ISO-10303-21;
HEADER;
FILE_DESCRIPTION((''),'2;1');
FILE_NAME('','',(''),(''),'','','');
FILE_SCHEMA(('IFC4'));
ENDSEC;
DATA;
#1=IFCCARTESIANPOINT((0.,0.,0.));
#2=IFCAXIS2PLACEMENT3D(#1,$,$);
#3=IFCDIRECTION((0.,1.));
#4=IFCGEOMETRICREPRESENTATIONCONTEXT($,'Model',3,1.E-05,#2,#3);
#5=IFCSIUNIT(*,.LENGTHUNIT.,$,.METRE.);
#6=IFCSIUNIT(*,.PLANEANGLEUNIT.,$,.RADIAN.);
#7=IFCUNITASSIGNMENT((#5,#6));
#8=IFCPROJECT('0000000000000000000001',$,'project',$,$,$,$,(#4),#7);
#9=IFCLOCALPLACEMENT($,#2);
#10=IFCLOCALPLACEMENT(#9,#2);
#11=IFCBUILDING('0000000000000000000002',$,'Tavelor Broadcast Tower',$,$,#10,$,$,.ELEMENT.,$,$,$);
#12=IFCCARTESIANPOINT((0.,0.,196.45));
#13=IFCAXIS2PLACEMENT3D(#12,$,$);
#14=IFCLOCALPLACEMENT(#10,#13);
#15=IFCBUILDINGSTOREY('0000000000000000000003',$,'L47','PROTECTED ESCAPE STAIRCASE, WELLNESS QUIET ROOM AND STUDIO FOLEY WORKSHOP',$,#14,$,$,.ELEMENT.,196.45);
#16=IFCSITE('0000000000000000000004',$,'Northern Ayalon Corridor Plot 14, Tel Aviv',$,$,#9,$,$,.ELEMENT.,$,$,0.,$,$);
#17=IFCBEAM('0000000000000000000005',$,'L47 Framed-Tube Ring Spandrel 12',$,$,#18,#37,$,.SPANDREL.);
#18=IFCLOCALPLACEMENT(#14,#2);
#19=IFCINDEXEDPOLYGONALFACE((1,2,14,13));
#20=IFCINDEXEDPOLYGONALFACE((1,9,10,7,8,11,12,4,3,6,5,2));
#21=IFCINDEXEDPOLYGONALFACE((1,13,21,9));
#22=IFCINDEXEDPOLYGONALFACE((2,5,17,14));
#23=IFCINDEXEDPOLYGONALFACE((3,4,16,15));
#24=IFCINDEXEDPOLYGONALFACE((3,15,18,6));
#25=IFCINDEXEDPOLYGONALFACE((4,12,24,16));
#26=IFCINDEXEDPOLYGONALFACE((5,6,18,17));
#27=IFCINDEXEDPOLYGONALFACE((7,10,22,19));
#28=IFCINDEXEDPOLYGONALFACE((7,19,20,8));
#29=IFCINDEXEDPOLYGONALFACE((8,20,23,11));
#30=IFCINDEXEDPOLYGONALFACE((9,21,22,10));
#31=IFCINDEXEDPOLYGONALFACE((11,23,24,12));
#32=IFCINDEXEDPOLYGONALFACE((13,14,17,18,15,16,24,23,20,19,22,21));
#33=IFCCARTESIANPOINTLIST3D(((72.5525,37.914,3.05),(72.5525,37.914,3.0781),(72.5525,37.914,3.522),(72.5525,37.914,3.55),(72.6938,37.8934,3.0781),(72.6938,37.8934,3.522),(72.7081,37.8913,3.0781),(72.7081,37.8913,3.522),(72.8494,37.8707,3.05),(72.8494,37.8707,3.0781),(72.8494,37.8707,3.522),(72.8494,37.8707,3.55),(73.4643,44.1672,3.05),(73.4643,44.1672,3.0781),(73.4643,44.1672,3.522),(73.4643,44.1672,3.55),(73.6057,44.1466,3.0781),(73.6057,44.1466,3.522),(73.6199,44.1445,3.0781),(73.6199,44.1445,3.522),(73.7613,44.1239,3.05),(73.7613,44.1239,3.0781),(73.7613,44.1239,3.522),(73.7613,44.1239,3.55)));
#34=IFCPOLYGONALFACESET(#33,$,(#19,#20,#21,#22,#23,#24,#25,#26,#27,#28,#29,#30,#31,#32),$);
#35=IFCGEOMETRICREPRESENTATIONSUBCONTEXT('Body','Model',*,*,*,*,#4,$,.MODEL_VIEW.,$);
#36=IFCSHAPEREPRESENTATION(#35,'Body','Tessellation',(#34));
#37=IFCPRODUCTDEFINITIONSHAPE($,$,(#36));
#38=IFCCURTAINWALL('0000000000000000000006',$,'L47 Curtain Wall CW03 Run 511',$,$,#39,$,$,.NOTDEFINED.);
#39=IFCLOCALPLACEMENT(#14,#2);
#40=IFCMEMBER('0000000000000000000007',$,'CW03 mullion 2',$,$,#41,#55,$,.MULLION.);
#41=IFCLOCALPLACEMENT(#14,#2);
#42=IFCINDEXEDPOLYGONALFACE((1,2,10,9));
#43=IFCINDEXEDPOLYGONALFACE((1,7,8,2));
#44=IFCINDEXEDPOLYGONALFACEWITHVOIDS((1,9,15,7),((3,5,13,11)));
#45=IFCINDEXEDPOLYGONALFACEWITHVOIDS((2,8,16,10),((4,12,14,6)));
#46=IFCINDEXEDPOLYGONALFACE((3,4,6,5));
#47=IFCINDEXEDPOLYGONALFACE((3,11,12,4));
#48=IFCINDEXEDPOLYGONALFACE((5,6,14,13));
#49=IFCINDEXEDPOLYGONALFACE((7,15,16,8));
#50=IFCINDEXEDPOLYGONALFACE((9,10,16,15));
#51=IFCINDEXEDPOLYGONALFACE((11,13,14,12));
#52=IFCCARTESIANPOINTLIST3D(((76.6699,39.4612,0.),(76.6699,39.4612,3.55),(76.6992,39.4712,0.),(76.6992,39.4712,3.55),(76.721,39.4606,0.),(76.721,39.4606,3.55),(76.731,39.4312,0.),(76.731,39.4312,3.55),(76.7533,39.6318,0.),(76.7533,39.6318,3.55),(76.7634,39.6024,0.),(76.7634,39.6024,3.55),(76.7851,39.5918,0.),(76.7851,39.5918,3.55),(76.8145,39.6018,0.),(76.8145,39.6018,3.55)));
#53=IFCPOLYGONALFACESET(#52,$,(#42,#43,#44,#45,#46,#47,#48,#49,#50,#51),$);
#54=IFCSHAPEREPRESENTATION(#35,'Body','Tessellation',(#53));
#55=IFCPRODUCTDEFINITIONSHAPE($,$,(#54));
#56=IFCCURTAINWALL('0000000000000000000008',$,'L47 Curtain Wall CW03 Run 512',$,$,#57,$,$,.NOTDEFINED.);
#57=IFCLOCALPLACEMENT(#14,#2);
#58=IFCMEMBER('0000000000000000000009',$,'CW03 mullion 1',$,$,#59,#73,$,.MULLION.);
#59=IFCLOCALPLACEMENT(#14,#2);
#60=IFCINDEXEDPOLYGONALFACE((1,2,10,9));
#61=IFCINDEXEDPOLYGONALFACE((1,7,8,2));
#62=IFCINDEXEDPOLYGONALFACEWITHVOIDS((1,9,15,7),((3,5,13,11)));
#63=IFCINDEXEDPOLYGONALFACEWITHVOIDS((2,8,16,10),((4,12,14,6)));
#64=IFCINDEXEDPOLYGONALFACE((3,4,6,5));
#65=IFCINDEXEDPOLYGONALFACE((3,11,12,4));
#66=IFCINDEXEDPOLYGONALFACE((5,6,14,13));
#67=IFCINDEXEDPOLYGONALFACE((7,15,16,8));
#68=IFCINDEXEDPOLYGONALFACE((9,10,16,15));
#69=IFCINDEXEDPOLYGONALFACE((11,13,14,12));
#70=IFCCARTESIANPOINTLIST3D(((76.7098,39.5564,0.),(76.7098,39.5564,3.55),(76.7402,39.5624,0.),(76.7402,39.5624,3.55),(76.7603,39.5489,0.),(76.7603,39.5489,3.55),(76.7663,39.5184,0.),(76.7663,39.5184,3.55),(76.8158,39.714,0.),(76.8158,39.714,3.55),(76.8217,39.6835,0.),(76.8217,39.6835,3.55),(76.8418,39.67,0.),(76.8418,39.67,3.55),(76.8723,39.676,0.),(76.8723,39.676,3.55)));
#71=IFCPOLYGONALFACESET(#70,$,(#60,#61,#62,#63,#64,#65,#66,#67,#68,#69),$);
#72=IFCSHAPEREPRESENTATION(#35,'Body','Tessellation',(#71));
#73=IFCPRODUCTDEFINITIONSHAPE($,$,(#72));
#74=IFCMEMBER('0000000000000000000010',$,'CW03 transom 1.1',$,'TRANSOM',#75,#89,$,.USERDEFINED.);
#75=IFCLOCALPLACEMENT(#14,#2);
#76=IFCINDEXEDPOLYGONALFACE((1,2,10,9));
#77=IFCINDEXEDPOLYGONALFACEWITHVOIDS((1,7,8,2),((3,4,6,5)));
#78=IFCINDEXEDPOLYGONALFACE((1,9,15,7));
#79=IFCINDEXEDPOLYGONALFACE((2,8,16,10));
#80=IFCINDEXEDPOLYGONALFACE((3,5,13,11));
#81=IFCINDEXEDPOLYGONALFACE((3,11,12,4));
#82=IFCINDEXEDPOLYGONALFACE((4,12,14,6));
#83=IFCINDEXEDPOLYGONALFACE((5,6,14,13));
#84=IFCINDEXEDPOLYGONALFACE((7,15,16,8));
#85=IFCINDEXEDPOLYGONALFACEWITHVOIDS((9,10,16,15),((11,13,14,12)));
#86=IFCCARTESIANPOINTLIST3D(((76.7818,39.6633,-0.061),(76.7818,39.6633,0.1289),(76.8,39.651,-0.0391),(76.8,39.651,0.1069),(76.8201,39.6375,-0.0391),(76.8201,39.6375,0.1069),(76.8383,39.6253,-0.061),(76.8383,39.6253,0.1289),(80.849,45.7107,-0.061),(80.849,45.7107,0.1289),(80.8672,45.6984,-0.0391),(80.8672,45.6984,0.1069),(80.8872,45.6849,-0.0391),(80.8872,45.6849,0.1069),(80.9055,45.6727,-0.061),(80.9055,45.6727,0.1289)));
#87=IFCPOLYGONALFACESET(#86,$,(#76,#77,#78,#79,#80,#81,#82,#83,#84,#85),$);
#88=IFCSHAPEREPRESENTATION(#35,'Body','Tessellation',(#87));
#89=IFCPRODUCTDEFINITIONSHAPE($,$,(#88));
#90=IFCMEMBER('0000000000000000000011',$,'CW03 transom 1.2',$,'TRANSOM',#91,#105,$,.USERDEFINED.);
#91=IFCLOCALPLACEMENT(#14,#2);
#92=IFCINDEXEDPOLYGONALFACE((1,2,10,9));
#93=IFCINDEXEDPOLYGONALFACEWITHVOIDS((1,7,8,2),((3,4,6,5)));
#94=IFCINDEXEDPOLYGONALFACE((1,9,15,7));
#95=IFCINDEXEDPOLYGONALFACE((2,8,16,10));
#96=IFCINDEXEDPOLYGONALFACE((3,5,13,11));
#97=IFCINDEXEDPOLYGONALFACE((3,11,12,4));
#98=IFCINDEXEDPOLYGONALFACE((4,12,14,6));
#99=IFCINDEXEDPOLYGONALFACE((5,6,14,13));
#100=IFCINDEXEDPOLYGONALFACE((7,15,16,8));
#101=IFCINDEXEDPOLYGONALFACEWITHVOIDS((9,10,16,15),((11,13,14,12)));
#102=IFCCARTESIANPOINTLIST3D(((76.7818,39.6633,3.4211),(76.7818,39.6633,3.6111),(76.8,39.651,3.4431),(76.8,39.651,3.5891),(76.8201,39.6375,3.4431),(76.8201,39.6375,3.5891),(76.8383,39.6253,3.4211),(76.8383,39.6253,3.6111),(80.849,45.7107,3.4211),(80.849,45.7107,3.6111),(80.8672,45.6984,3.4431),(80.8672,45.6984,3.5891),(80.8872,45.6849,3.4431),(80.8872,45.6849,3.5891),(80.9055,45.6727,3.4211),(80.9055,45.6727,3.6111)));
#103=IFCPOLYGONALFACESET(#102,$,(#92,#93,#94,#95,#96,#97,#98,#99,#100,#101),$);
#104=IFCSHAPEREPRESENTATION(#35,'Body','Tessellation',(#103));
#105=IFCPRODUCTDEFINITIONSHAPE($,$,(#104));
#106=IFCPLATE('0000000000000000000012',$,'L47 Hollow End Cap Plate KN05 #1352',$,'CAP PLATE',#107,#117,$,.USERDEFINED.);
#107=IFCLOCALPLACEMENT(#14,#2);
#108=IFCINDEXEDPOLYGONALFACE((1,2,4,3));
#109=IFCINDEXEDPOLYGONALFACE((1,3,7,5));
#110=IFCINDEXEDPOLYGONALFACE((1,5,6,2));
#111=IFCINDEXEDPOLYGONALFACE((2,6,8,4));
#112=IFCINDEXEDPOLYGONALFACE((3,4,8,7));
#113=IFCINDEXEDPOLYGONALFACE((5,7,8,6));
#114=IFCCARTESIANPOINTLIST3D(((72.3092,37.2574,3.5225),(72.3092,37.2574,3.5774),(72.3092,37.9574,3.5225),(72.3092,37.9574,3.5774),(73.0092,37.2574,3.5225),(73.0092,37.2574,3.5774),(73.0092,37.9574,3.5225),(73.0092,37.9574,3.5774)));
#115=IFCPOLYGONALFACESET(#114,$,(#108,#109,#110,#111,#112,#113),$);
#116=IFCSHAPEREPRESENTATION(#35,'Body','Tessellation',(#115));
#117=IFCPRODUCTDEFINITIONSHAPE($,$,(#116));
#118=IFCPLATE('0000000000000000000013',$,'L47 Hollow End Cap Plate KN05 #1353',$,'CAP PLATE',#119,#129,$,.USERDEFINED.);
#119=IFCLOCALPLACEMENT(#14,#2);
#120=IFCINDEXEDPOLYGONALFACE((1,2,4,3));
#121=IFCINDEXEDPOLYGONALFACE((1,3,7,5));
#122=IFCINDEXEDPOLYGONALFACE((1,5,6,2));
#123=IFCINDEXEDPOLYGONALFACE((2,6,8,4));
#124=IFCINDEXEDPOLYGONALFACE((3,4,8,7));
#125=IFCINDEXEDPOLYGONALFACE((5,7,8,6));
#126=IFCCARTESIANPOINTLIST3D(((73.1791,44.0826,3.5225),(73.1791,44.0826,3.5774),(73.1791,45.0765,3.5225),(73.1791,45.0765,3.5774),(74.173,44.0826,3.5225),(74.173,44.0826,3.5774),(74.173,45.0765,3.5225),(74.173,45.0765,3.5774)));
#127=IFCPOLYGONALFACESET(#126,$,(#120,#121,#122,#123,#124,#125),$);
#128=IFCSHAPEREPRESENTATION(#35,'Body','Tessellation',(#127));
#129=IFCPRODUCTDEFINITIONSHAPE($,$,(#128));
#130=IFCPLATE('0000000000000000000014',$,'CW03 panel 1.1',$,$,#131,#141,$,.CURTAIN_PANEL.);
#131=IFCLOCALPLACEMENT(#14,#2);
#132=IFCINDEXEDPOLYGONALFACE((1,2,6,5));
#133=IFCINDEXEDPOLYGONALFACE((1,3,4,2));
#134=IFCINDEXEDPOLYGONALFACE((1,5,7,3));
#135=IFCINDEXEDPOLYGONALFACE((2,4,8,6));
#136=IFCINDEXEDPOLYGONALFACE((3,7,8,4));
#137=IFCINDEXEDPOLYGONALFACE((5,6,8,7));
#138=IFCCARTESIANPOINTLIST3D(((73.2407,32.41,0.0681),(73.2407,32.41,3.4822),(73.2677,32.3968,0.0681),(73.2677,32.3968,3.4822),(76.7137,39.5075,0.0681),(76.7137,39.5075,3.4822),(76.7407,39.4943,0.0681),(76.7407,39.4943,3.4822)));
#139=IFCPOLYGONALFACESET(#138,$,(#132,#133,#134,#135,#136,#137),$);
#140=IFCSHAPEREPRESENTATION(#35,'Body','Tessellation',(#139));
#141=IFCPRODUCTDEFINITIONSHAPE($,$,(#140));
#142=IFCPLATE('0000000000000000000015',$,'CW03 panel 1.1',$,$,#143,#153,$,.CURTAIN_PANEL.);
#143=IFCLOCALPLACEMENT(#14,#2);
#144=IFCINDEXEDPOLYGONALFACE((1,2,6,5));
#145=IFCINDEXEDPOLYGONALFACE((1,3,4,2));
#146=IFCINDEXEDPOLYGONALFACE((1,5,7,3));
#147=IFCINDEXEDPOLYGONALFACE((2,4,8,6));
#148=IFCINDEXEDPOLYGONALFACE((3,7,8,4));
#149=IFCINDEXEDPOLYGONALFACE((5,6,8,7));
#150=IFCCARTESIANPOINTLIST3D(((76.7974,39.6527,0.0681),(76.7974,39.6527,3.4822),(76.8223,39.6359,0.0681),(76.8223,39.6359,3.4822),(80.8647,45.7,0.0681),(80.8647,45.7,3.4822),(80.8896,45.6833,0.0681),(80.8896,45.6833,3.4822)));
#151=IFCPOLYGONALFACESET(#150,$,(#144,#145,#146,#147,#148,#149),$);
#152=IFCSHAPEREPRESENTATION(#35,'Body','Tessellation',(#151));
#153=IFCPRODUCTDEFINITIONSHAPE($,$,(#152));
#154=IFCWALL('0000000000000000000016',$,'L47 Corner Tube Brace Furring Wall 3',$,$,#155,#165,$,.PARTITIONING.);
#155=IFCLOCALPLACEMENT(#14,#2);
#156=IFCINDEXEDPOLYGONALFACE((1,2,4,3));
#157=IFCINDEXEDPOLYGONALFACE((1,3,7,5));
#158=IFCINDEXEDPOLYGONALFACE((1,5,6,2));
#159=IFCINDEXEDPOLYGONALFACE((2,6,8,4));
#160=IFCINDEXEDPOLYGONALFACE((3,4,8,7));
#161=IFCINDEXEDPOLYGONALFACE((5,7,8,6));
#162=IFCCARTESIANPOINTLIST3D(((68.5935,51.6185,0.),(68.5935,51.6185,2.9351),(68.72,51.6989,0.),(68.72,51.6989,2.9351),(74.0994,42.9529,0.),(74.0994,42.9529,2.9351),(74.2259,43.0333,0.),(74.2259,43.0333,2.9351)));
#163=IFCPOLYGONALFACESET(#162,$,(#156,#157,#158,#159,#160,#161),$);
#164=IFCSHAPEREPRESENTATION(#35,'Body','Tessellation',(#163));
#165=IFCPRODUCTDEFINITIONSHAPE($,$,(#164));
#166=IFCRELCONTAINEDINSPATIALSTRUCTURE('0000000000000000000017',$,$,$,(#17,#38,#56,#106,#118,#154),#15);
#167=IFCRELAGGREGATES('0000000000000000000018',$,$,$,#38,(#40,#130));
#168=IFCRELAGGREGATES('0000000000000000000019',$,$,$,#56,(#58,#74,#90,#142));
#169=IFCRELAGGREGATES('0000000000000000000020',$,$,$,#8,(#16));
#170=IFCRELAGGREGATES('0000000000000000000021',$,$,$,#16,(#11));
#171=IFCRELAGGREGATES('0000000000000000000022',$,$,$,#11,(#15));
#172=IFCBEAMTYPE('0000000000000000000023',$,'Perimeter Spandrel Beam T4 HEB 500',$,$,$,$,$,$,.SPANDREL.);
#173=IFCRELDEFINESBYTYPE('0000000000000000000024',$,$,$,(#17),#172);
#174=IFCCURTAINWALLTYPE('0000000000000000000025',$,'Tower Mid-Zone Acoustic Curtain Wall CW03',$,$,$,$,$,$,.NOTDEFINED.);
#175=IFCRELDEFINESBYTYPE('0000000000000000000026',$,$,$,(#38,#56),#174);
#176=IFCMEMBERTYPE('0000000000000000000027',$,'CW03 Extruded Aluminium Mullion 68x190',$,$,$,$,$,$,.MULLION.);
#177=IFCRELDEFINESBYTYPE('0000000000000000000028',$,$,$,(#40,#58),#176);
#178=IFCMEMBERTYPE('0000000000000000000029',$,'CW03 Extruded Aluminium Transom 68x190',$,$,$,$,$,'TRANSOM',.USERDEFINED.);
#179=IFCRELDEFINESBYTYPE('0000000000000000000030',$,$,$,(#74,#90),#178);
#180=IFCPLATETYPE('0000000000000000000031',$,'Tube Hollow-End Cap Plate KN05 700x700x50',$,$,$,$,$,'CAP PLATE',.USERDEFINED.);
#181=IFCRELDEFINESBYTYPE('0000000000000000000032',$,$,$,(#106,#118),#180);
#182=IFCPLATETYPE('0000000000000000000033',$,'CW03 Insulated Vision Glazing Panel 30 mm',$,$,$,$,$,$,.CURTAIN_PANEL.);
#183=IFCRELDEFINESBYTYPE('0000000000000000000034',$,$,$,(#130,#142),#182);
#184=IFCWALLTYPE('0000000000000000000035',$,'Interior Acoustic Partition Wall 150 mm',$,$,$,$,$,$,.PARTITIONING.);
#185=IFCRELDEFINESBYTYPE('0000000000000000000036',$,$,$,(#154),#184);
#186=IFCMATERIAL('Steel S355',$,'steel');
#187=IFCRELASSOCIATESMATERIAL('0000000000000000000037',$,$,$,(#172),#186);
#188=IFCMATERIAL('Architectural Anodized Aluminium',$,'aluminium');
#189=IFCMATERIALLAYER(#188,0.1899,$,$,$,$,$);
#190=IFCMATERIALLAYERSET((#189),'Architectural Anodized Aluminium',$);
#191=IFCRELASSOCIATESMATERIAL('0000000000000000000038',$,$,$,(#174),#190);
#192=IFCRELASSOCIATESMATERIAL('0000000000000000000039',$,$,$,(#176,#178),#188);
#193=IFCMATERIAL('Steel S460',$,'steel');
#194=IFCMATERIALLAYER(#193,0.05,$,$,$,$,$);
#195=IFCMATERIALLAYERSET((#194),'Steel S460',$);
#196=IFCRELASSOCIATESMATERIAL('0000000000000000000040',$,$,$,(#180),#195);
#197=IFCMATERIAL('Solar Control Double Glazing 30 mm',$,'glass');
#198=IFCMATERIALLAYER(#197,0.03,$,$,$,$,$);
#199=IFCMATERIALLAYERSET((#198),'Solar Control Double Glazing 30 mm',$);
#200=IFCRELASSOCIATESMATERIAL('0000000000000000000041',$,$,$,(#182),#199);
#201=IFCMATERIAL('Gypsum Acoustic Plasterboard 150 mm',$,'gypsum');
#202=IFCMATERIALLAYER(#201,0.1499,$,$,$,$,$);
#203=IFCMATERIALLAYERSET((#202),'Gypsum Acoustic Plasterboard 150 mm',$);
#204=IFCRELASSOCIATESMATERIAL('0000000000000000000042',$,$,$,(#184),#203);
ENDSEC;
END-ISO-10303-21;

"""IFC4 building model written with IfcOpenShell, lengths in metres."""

from ifc_helpers import new_model, si_unit, direction, frame, frame_2d, origin, origin_2d, place, context, subcontext, project, spatial, rectangle, hollow_rectangle, i_section, extrude, source, transform, mapped, material, layer, layer_set, material_profile, profile_set, type_object, type_shapes, element, aggregate, save


model = new_model("IFC4")

# Units and contexts
model_context = context("Model", 3, precision=1e-05, world=origin(), true_north=direction((0.0, 1.0)))
body_context = subcontext(model_context, "Body", "Model", "MODEL_VIEW")
ifc_project = project(units=[si_unit("LENGTHUNIT", "METRE"), si_unit("PLANEANGLEUNIT", "RADIAN")], contexts=[model_context])

# Site, building, storey
site_placement = place(None, origin())
site = spatial("IfcSite", under=ifc_project, at=site_placement, Name="Northern Ayalon Corridor Plot 14, Tel Aviv", CompositionType="ELEMENT", RefElevation=0.0)
building_placement = place(site_placement, origin())
building = spatial("IfcBuilding", under=site, at=building_placement, Name="Tavelor Broadcast Tower", CompositionType="ELEMENT")
storey_placement = place(building_placement, frame((0.0, 0.0, 196.45)))
storey = spatial("IfcBuildingStorey", under=building, at=storey_placement, Name="L47", Description="PROTECTED ESCAPE STAIRCASE, WELLNESS QUIET ROOM AND STUDIO FOLEY WORKSHOP", CompositionType="ELEMENT", Elevation=196.45)

# Shared definitions
ifc_material_1 = material(Name="Steel S460", Category="steel")

# Beam
ifc_material_2 = material(Name="Steel S355", Category="steel")
ifc_material_profile_1 = material_profile(ifc_material_2, i_section(OverallWidth=0.3, OverallDepth=0.5, WebThickness=0.0144, FlangeThickness=0.0281, at=origin_2d()), Name="HEB 500")
ifc_profile_set_1 = profile_set([ifc_material_profile_1], Name="Steel S355")
beam_type_1 = type_object("IfcBeamType", Name="Perimeter Spandrel Beam T4 HEB 500", PredefinedType="SPANDREL", material=ifc_profile_set_1)
beam_1_placement = place(storey_placement, frame((72.7009, 37.8923, 3.3), z_axis=(0.144298, 0.989534, 0.0), x_axis=(-0.989534, 0.144298, 0.0)))
element("IfcBeam", 1, at=beam_1_placement, inside=storey, type_object=beam_type_1, Name="L47 Framed-Tube Ring Spandrel 12", PredefinedType="SPANDREL", context=body_context, shape_type="SweptSolid", body=[
    extrude(i_section(OverallWidth=0.3, OverallDepth=0.5, WebThickness=0.0144, FlangeThickness=0.0281, at=origin_2d()), origin(), (0.0, 0.0, 1.0), 6.3193),
])

# Curtain wall, member
ifc_material_3 = material(Name="Architectural Anodized Aluminium", Category="aluminium")
ifc_layer_1 = layer(ifc_material_3, 0.1899)
ifc_layer_set_1 = layer_set([ifc_layer_1], Name="Architectural Anodized Aluminium")
curtain_wall_type = type_object("IfcCurtainWallType", Name="Tower Mid-Zone Acoustic Curtain Wall CW03", PredefinedType="NOTDEFINED", material=ifc_layer_set_1)
curtain_wall_1_placement = place(storey_placement, origin())
curtain_wall_1 = element("IfcCurtainWall", 2, at=curtain_wall_1_placement, inside=storey, type_object=curtain_wall_type, Name="L47 Curtain Wall CW03 Run 511", PredefinedType="NOTDEFINED")
ifc_material_profile_2 = material_profile(ifc_material_3, hollow_rectangle(XDim=0.0681, YDim=0.1899, WallThickness=0.022, at=origin_2d()), Name="RHS 68x190x22")
ifc_profile_set_2 = profile_set([ifc_material_profile_2], Name="Architectural Anodized Aluminium")
member_type_1 = type_object("IfcMemberType", Name="CW03 Extruded Aluminium Mullion 68x190", PredefinedType="MULLION", material=ifc_profile_set_2)
shared_shape_1 = source(origin(), body_context, "Body", "SweptSolid", [
    extrude(hollow_rectangle(XDim=0.0681, YDim=0.1899, WallThickness=0.022, at=origin_2d()), origin(), (0.0, 0.0, 1.0), 3.55),
])
type_shapes(member_type_1, [shared_shape_1])
member_1_placement = place(storey_placement, frame((76.7422, 39.5315, 0.0), z_axis=(0.0, 0.0, 1.0), x_axis=(-0.898229, 0.439528, 0.0)))
member_1 = element("IfcMember", 3, at=member_1_placement, type_object=member_type_1, Name="CW03 mullion 2", PredefinedType="MULLION", context=body_context, shape_type="MappedRepresentation", body=[
    mapped(shared_shape_1, transform((0.0, 0.0, 0.0), scale=1.0)),
])

# Curtain wall, members
curtain_wall_2_placement = place(storey_placement, origin())
curtain_wall_2 = element("IfcCurtainWall", 4, at=curtain_wall_2_placement, inside=storey, type_object=curtain_wall_type, Name="L47 Curtain Wall CW03 Run 512", PredefinedType="NOTDEFINED")
member_2_placement = place(storey_placement, frame((76.791, 39.6162, 0.0), z_axis=(0.0, 0.0, 1.0), x_axis=(-0.829782, 0.558087, 0.0)))
member_2 = element("IfcMember", 5, at=member_2_placement, type_object=member_type_1, Name="CW03 mullion 1", PredefinedType="MULLION", context=body_context, shape_type="MappedRepresentation", body=[
    mapped(shared_shape_1, transform((0.0, 0.0, 0.0), scale=1.0)),
])
ifc_material_profile_3 = material_profile(ifc_material_3, hollow_rectangle(XDim=0.0681, YDim=0.1899, WallThickness=0.022, at=origin_2d()), Name="RHS 68x190x22")
ifc_profile_set_3 = profile_set([ifc_material_profile_3], Name="Architectural Anodized Aluminium")
member_type_2 = type_object("IfcMemberType", Name="CW03 Extruded Aluminium Transom 68x190", ElementType="TRANSOM", PredefinedType="USERDEFINED", material=ifc_profile_set_3)
shared_shape_2 = source(origin(), body_context, "Body", "SweptSolid", [
    extrude(hollow_rectangle(XDim=0.0681, YDim=0.1899, WallThickness=0.022, at=origin_2d()), origin(), (0.0, 0.0, 1.0), 7.2878),
])
type_shapes(member_type_2, [shared_shape_2])
member_3_placement = place(storey_placement, frame((76.8101, 39.6443, 0.0339), z_axis=(0.558074, 0.829791, 0.0), x_axis=(-0.829791, 0.558074, 0.0)))
member_3 = element("IfcMember", 6, at=member_3_placement, type_object=member_type_2, Name="CW03 transom 1.1", ObjectType="TRANSOM", PredefinedType="USERDEFINED", context=body_context, shape_type="MappedRepresentation", body=[
    mapped(shared_shape_2, transform((0.0, 0.0, 0.0), scale=1.0)),
])
member_4_placement = place(storey_placement, frame((76.8101, 39.6443, 3.5161), z_axis=(0.558074, 0.829791, 0.0), x_axis=(-0.829791, 0.558074, 0.0)))
member_4 = element("IfcMember", 7, at=member_4_placement, type_object=member_type_2, Name="CW03 transom 1.2", ObjectType="TRANSOM", PredefinedType="USERDEFINED", context=body_context, shape_type="MappedRepresentation", body=[
    mapped(shared_shape_2, transform((0.0, 0.0, 0.0), scale=1.0)),
])

# Plates
ifc_layer_2 = layer(ifc_material_1, 0.05)
ifc_layer_set_2 = layer_set([ifc_layer_2], Name="Steel S460")
plate_type_1 = type_object("IfcPlateType", Name="Tube Hollow-End Cap Plate KN05 700x700x50", ElementType="CAP PLATE", PredefinedType="USERDEFINED", material=ifc_layer_set_2)
shared_shape_3 = source(origin(), body_context, "Body", "SweptSolid", [
    extrude(rectangle(XDim=0.7, YDim=0.7, at=origin_2d()), origin(), (0.0, 0.0, 1.0), 0.0549),
])
plate_1_placement = place(storey_placement, frame((72.6592, 37.6074, 3.5225), z_axis=(0.0, 0.0, 1.0), x_axis=(1.0, 0.0, 0.0)))
element("IfcPlate", 8, at=plate_1_placement, inside=storey, type_object=plate_type_1, Name="L47 Hollow End Cap Plate KN05 #1352", ObjectType="CAP PLATE", PredefinedType="USERDEFINED", context=body_context, shape_type="MappedRepresentation", body=[
    mapped(shared_shape_3, transform((0.0, 0.0, 0.0), scale=1.0)),
])
shared_shape_4 = source(origin(), body_context, "Body", "SweptSolid", [
    extrude(rectangle(XDim=0.9939, YDim=0.9939, at=origin_2d()), origin(), (0.0, 0.0, 1.0), 0.0549),
])
type_shapes(plate_type_1, [shared_shape_3, shared_shape_4])
plate_2_placement = place(storey_placement, frame((73.676, 44.5796, 3.5225), z_axis=(0.0, 0.0, 1.0), x_axis=(1.0, 0.0, 0.0)))
element("IfcPlate", 9, at=plate_2_placement, inside=storey, type_object=plate_type_1, Name="L47 Hollow End Cap Plate KN05 #1353", ObjectType="CAP PLATE", PredefinedType="USERDEFINED", context=body_context, shape_type="MappedRepresentation", body=[
    mapped(shared_shape_4, transform((0.0, 0.0, 0.0), scale=1.0)),
])

# Plates
ifc_material_4 = material(Name="Solar Control Double Glazing 30 mm", Category="glass")
ifc_layer_3 = layer(ifc_material_4, 0.03)
ifc_layer_set_3 = layer_set([ifc_layer_3], Name="Solar Control Double Glazing 30 mm")
plate_type_2 = type_object("IfcPlateType", Name="CW03 Insulated Vision Glazing Panel 30 mm", PredefinedType="CURTAIN_PANEL", material=ifc_layer_set_3)
shared_shape_5 = source(origin(), body_context, "Body", "SweptSolid", [
    extrude(rectangle(XDim=7.9016, YDim=0.03, at=origin_2d()), origin(), (0.0, 0.0, 1.0), 3.4141),
])
plate_3_placement = place(storey_placement, frame((74.9907, 35.9521, 0.0681), z_axis=(0.0, 0.0, 1.0), x_axis=(0.439528, 0.898229, 0.0)))
plate_3 = element("IfcPlate", 10, at=plate_3_placement, type_object=plate_type_2, Name="CW03 panel 1.1", PredefinedType="CURTAIN_PANEL", context=body_context, shape_type="MappedRepresentation", body=[
    mapped(shared_shape_5, transform((0.0, 0.0, 0.0), scale=1.0)),
])
aggregate(curtain_wall_1, [member_1, plate_3])
shared_shape_6 = source(origin(), body_context, "Body", "SweptSolid", [
    extrude(rectangle(XDim=7.2878, YDim=0.03, at=origin_2d()), origin(), (0.0, 0.0, 1.0), 3.4141),
])
type_shapes(plate_type_2, [shared_shape_5, shared_shape_6])
plate_4_placement = place(storey_placement, frame((78.8435, 42.668, 0.0681), z_axis=(0.0, 0.0, 1.0), x_axis=(0.558087, 0.829782, 0.0)))
plate_4 = element("IfcPlate", 11, at=plate_4_placement, type_object=plate_type_2, Name="CW03 panel 1.1", PredefinedType="CURTAIN_PANEL", context=body_context, shape_type="MappedRepresentation", body=[
    mapped(shared_shape_6, transform((0.0, 0.0, 0.0), scale=1.0)),
])
aggregate(curtain_wall_2, [member_2, member_3, member_4, plate_4])

# Wall
ifc_material_5 = material(Name="Gypsum Acoustic Plasterboard 150 mm", Category="gypsum")
ifc_layer_4 = layer(ifc_material_5, 0.1499)
ifc_layer_set_4 = layer_set([ifc_layer_4], Name="Gypsum Acoustic Plasterboard 150 mm")
wall_type_1 = type_object("IfcWallType", Name="Interior Acoustic Partition Wall 150 mm", PredefinedType="PARTITIONING", material=ifc_layer_set_4)
wall_1_placement = place(storey_placement, frame((74.1626, 42.9932, 0.0), z_axis=(0.0, 0.0, 1.0), x_axis=(-0.536281, 0.844039, 0.0)))
element("IfcWall", 12, at=wall_1_placement, inside=storey, type_object=wall_type_1, Name="L47 Corner Tube Brace Furring Wall 3", PredefinedType="PARTITIONING", context=body_context, shape_type="SweptSolid", body=[
    extrude(rectangle(XDim=10.2668, YDim=0.1499, at=frame_2d((5.1333, 0.0))), origin(), (0.0, 0.0, 1.0), 2.9351),
])

save(model, "model.ifc")
